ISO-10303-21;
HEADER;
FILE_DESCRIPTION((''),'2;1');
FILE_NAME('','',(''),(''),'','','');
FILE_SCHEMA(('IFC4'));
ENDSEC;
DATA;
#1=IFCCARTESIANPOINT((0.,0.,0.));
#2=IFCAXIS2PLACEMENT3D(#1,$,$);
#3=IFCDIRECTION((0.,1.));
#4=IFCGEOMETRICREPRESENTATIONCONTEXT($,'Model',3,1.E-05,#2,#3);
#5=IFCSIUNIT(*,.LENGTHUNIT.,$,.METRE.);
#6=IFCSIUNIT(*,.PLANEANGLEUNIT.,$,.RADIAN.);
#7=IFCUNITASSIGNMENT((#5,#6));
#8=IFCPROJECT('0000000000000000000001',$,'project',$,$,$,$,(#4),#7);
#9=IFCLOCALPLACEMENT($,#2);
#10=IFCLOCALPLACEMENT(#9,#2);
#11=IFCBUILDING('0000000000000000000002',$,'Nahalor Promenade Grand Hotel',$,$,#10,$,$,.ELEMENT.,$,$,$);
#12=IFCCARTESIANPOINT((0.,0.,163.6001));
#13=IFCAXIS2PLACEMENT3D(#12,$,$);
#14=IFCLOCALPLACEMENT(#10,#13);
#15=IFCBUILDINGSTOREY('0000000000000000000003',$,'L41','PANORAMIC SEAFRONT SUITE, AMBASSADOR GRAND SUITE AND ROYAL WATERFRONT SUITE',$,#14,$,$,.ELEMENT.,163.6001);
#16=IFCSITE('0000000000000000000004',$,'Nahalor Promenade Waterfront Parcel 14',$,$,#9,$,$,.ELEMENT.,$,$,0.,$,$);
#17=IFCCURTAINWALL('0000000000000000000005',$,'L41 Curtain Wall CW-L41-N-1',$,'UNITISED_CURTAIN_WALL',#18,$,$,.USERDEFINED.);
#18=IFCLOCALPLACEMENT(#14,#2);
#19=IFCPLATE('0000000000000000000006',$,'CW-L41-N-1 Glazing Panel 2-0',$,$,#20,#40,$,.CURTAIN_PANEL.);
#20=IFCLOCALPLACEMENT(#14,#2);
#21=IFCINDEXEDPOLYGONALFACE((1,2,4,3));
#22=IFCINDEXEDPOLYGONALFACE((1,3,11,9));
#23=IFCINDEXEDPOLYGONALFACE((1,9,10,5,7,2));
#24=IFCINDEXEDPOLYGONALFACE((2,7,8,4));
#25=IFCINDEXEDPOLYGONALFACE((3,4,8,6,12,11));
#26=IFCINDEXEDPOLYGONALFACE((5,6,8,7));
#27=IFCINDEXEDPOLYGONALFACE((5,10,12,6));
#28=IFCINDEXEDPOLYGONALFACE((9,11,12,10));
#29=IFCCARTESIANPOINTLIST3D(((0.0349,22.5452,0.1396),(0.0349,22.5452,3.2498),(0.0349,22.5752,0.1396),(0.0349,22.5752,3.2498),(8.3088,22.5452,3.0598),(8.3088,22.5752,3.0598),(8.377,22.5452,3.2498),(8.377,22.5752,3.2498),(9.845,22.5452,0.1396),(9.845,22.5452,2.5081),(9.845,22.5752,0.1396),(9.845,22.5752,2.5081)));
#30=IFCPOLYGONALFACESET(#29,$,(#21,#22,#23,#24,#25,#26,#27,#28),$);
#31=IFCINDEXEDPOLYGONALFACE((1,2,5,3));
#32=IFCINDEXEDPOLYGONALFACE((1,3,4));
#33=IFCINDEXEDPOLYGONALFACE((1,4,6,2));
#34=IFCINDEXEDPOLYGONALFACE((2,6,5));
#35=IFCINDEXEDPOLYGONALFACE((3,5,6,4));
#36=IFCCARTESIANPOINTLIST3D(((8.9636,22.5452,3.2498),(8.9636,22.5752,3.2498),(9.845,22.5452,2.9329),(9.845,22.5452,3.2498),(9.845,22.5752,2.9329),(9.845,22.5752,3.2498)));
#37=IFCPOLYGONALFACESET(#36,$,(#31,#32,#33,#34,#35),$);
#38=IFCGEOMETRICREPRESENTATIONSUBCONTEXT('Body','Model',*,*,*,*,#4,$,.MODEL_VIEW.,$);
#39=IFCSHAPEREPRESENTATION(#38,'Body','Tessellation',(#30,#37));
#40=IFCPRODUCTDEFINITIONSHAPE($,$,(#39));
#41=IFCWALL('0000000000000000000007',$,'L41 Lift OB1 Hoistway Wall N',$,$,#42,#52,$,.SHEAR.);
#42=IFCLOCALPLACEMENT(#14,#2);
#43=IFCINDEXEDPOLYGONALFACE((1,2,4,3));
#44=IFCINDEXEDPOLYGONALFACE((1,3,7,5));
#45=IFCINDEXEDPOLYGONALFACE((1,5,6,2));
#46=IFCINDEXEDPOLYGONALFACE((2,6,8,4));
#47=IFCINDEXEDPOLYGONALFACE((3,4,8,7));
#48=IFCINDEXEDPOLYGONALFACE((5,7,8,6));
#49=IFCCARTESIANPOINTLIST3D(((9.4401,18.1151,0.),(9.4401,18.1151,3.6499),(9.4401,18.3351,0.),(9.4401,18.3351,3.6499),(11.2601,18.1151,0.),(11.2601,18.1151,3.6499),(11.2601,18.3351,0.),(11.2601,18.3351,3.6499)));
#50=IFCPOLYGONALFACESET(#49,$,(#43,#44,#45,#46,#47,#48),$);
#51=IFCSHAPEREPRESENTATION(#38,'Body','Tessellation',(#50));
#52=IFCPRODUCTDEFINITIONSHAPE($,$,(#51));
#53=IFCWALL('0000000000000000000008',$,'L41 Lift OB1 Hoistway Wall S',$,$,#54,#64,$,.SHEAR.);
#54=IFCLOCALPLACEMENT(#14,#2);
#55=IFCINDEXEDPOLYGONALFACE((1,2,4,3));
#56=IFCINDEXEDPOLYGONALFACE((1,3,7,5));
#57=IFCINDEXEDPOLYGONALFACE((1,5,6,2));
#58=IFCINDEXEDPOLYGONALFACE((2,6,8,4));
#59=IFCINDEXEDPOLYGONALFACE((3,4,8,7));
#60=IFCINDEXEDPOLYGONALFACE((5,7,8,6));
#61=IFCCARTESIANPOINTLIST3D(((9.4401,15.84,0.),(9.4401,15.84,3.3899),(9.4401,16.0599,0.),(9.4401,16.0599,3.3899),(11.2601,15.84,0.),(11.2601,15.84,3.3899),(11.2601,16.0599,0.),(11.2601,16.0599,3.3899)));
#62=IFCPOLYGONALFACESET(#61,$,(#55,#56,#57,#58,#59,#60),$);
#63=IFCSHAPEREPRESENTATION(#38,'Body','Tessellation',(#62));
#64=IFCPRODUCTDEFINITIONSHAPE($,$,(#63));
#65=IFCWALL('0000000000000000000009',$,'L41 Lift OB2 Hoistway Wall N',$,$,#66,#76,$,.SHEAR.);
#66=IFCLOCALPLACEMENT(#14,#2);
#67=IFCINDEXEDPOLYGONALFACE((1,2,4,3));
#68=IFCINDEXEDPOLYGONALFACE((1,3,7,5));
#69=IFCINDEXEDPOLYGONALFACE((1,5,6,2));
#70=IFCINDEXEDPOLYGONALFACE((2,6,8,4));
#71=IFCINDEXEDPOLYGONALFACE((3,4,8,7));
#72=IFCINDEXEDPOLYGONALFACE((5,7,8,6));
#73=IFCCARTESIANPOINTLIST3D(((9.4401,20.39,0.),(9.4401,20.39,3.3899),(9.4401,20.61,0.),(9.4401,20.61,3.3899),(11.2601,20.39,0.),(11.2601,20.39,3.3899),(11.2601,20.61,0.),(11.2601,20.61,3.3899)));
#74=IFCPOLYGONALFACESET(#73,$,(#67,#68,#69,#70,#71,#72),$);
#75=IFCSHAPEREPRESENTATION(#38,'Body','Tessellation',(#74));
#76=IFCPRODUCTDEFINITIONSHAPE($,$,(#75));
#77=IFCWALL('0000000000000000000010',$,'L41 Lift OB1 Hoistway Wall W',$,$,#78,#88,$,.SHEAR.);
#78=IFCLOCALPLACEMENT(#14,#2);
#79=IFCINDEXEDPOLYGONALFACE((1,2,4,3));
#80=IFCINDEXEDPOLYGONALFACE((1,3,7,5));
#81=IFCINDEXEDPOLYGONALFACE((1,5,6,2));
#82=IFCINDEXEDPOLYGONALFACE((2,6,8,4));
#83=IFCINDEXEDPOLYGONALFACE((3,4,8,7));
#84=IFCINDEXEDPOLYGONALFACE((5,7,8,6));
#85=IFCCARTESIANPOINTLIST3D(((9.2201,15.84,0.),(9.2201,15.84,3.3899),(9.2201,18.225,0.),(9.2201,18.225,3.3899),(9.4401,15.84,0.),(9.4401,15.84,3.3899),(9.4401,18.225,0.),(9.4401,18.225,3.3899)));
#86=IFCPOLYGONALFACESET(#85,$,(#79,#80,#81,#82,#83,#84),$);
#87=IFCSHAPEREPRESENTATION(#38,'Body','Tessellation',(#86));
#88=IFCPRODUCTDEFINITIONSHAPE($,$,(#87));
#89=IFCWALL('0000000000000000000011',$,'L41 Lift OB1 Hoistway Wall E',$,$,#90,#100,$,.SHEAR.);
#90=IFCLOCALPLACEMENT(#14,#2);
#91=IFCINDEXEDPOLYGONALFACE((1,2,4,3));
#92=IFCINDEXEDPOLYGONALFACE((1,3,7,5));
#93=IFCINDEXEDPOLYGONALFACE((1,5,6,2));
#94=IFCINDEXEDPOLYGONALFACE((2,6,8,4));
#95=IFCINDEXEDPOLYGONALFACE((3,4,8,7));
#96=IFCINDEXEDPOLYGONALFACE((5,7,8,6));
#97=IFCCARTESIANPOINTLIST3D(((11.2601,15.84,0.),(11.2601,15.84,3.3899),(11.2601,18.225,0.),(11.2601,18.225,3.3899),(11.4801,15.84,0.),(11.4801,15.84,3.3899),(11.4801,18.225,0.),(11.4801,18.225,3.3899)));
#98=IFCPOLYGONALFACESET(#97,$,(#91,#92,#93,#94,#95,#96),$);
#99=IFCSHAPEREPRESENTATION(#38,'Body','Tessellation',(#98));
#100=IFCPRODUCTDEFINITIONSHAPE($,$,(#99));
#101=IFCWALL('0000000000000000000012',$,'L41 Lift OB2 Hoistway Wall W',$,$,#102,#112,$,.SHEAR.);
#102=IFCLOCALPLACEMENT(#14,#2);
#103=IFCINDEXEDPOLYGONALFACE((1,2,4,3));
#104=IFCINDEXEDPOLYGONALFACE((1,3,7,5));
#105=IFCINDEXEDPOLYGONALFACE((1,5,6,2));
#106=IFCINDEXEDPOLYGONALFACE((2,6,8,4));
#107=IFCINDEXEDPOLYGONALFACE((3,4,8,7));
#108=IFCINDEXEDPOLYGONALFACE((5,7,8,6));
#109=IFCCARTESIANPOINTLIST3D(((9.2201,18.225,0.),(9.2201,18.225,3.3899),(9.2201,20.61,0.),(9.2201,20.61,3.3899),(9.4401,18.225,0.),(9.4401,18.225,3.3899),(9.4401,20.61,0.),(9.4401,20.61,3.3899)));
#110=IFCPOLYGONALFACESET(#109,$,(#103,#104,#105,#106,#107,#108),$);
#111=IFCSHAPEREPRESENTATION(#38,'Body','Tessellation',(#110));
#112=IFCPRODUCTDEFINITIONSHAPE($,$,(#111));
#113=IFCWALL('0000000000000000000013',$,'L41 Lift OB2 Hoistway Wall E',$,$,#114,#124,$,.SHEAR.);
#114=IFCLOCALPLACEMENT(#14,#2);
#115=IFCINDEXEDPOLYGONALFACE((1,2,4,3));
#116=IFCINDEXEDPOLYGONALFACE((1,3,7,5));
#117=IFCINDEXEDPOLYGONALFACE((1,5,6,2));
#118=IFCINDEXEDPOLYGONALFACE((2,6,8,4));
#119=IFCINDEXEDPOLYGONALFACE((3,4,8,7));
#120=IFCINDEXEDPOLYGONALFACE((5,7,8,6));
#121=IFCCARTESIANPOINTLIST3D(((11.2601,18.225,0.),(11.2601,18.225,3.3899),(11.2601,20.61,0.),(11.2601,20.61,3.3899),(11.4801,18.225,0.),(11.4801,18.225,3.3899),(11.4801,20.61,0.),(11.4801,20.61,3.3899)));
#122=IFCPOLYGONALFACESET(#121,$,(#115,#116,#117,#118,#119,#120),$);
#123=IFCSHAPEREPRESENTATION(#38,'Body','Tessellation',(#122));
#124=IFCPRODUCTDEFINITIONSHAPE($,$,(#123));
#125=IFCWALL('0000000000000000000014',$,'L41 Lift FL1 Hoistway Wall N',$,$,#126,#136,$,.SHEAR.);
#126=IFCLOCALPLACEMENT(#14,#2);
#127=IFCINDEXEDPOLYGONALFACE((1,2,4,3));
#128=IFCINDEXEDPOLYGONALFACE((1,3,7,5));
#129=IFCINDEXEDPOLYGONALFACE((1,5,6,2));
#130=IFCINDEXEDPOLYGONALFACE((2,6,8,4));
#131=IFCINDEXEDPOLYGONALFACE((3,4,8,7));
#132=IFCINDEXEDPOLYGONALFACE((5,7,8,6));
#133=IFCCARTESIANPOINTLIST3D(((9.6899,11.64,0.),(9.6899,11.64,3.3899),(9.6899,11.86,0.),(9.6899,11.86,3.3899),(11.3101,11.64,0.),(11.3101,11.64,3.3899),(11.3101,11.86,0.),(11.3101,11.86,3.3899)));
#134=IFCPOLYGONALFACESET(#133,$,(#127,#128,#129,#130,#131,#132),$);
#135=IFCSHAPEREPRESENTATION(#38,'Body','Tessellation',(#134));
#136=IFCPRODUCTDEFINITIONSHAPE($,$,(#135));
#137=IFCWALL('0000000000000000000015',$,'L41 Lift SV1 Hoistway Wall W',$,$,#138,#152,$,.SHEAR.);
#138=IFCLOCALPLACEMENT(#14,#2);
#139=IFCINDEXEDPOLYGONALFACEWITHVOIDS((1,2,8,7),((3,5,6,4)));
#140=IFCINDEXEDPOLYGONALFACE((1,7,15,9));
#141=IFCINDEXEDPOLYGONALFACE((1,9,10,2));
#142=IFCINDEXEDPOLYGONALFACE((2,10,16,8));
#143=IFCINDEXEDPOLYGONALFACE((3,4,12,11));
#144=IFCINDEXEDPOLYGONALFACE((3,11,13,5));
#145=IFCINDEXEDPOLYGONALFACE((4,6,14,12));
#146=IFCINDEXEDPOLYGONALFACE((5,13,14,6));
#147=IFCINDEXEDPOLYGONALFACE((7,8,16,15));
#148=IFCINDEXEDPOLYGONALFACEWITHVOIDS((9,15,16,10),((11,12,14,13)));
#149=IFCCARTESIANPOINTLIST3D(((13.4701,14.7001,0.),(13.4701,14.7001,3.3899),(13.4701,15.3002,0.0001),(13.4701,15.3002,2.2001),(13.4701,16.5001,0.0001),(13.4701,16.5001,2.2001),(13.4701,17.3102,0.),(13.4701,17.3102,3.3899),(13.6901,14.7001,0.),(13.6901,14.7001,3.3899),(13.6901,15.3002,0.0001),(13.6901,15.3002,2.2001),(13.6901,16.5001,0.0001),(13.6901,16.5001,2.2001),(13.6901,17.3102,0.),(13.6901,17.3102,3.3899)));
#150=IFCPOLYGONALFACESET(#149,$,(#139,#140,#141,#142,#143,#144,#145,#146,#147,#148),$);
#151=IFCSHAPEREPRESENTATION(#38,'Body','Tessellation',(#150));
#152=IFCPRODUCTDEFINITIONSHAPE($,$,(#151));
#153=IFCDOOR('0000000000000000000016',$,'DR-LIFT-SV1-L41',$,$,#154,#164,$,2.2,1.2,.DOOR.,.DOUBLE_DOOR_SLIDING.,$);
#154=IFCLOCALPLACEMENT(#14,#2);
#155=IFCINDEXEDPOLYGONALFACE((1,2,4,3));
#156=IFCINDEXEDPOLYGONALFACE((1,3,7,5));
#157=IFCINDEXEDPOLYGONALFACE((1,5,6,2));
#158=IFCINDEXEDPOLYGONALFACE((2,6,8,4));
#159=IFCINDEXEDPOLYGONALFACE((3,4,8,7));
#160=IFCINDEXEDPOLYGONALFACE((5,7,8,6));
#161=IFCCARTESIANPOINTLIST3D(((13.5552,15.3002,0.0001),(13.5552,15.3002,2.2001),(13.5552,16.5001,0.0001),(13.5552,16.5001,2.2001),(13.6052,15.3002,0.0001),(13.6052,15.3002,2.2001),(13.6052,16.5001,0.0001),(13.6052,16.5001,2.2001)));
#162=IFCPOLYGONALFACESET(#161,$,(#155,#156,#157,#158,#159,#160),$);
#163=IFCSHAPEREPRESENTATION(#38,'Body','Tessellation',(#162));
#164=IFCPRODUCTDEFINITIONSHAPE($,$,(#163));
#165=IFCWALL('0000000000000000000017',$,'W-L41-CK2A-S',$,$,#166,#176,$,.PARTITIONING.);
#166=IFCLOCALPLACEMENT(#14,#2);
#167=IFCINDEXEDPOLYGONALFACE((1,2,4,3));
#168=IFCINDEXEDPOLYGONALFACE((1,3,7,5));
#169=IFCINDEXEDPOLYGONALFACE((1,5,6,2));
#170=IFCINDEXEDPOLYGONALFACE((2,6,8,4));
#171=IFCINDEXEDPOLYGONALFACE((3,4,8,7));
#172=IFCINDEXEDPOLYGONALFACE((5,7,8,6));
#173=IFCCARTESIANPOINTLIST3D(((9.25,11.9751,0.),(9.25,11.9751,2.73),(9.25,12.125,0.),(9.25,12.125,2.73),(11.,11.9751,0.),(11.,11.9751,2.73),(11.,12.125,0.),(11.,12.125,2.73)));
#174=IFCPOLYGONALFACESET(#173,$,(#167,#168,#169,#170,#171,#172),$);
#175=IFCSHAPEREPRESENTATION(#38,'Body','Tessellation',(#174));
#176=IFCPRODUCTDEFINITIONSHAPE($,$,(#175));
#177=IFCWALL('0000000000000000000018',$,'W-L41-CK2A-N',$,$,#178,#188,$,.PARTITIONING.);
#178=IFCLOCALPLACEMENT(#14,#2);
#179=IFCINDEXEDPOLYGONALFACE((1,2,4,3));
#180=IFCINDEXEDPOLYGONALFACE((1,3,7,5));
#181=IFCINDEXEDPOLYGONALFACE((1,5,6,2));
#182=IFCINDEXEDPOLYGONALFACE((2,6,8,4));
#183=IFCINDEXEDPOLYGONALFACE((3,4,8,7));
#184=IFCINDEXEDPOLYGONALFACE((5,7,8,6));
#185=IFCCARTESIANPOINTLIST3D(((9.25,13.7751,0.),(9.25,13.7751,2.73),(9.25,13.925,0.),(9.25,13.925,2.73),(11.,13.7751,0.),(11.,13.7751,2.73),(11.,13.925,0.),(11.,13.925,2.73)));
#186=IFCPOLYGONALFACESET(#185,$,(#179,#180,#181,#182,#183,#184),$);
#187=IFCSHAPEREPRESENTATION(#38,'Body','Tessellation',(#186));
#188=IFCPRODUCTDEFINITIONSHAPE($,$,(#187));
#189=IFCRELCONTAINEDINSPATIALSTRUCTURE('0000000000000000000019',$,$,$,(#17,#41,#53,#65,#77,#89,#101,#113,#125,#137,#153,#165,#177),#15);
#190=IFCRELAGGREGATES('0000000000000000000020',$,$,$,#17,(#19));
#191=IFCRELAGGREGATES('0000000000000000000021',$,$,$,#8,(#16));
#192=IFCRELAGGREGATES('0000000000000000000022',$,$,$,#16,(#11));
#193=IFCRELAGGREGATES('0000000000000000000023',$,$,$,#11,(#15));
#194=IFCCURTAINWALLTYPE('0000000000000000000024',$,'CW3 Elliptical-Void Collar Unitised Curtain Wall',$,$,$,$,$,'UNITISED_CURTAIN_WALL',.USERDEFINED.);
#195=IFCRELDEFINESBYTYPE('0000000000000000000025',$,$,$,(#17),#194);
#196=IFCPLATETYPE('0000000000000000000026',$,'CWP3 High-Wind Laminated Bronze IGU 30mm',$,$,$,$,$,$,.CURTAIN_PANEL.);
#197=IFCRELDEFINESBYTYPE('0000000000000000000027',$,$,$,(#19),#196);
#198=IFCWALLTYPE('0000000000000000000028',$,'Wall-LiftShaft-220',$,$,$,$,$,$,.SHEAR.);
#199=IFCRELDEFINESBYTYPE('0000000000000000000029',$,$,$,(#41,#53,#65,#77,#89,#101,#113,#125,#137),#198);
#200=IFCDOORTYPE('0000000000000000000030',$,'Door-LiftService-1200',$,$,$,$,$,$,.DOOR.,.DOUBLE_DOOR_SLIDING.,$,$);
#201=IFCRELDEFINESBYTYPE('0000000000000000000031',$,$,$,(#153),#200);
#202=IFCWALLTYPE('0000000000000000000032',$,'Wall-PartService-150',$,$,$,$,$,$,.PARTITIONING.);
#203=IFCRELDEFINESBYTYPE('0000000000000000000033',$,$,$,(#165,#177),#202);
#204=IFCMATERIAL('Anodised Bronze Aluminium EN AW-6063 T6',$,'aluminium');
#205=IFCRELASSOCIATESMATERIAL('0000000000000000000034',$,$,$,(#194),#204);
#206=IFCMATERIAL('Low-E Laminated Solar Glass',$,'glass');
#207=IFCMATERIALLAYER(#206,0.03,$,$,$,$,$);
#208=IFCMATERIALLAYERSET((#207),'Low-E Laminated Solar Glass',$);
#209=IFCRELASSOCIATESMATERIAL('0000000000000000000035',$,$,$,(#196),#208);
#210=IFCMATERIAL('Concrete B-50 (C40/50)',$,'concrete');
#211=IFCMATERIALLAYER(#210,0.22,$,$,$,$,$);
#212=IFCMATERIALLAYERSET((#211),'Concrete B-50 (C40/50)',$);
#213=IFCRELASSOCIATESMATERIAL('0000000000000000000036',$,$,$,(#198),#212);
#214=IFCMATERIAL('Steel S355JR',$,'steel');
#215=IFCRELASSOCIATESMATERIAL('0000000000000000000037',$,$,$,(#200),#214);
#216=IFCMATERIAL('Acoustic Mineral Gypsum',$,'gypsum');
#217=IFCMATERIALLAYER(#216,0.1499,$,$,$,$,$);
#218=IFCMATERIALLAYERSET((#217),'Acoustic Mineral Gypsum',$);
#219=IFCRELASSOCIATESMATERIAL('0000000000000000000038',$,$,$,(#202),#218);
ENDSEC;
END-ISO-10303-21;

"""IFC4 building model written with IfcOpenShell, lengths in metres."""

from ifc_helpers import new_model, si_unit, direction, frame, frame_2d, origin, place, context, subcontext, project, spatial, polyline, rectangle, outline, extrude, source, transform, mapped, material, layer, layer_set, type_object, element, fill, aggregate, save


model = new_model("IFC4")

# Units and contexts
model_context = context("Model", 3, precision=1e-05, world=origin(), true_north=direction((0.0, 1.0)))
body_context = subcontext(model_context, "Body", "Model", "MODEL_VIEW")
ifc_project = project(units=[si_unit("LENGTHUNIT", "METRE"), si_unit("PLANEANGLEUNIT", "RADIAN")], contexts=[model_context])

# Site, building, storey
site_placement = place(None, origin())
site = spatial("IfcSite", under=ifc_project, at=site_placement, Name="Nahalor Promenade Waterfront Parcel 14", CompositionType="ELEMENT", RefElevation=0.0)
building_placement = place(site_placement, origin())
building = spatial("IfcBuilding", under=site, at=building_placement, Name="Nahalor Promenade Grand Hotel", CompositionType="ELEMENT")
storey_placement = place(building_placement, frame((0.0, 0.0, 163.6001)))
storey = spatial("IfcBuildingStorey", under=building, at=storey_placement, Name="L41", Description="PANORAMIC SEAFRONT SUITE, AMBASSADOR GRAND SUITE AND ROYAL WATERFRONT SUITE", CompositionType="ELEMENT", Elevation=163.6001)

# Shared definitions
ifc_material_1 = material(Name="Steel S355JR", Category="steel")

# Curtain wall, plate
ifc_material_2 = material(Name="Anodised Bronze Aluminium EN AW-6063 T6", Category="aluminium")
curtain_wall_type = type_object("IfcCurtainWallType", Name="CW3 Elliptical-Void Collar Unitised Curtain Wall", ElementType="UNITISED_CURTAIN_WALL", PredefinedType="USERDEFINED", material=ifc_material_2)
curtain_wall_placement = place(storey_placement, origin())
curtain_wall = element("IfcCurtainWall", 1, at=curtain_wall_placement, inside=storey, type_object=curtain_wall_type, Name="L41 Curtain Wall CW-L41-N-1", ObjectType="UNITISED_CURTAIN_WALL", PredefinedType="USERDEFINED")
ifc_material_3 = material(Name="Low-E Laminated Solar Glass", Category="glass")
ifc_layer_1 = layer(ifc_material_3, 0.03)
ifc_layer_set_1 = layer_set([ifc_layer_1], Name="Low-E Laminated Solar Glass")
plate_type = type_object("IfcPlateType", Name="CWP3 High-Wind Laminated Bronze IGU 30mm", PredefinedType="CURTAIN_PANEL", material=ifc_layer_set_1)
plate_placement = place(storey_placement, frame((4.9399, 22.5601, 0.1396), z_axis=(0.0, 0.0, 1.0), x_axis=(1.0, 0.0, 0.0)))
plate = element("IfcPlate", 2, at=plate_placement, type_object=plate_type, Name="CW-L41-N-1 Glazing Panel 2-0", PredefinedType="CURTAIN_PANEL", context=body_context, shape_type="SweptSolid", body=[
    extrude(outline(polyline([(-4.905, 0.0), (4.905, 0.0), (4.905, 2.3684), (3.3689, 2.9202), (3.437, 3.1101), (-4.905, 3.1101), (-4.905, 0.0)])), frame((0.0, 0.0151, 0.0), z_axis=(0.0, -1.0, 0.0), x_axis=(1.0, 0.0, 0.0)), (0.0, 0.0, 1.0), 0.03),
    extrude(outline(polyline([(4.905, 2.7932), (4.905, 3.1101), (4.0237, 3.1101), (4.905, 2.7932)])), frame((0.0, 0.0151, 0.0), z_axis=(0.0, -1.0, 0.0), x_axis=(1.0, 0.0, 0.0)), (0.0, 0.0, 1.0), 0.03),
])
aggregate(curtain_wall, [plate])

# Walls
ifc_material_4 = material(Name="Concrete B-50 (C40/50)", Category="concrete")
ifc_layer_2 = layer(ifc_material_4, 0.22)
ifc_layer_set_2 = layer_set([ifc_layer_2], Name="Concrete B-50 (C40/50)")
wall_type_1 = type_object("IfcWallType", Name="Wall-LiftShaft-220", PredefinedType="SHEAR", material=ifc_layer_set_2)
shared_shape_1 = source(origin(), body_context, "Body", "SweptSolid", [
    extrude(rectangle(XDim=1.8201, YDim=0.22, at=frame_2d((0.9102, 0.0))), origin(), (0.0, 0.0, 1.0), 3.6499),
])
wall_1_placement = place(storey_placement, frame((9.4399, 18.2251, 0.0), z_axis=(0.0, 0.0, 1.0), x_axis=(1.0, 0.0, 0.0)))
element("IfcWall", 3, at=wall_1_placement, inside=storey, type_object=wall_type_1, Name="L41 Lift OB1 Hoistway Wall N", PredefinedType="SHEAR", context=body_context, shape_type="MappedRepresentation", body=[
    mapped(shared_shape_1, transform((0.0, 0.0, 0.0), scale=1.0)),
])
shared_shape_2 = source(origin(), body_context, "Body", "SweptSolid", [
    extrude(rectangle(XDim=1.8201, YDim=0.22, at=frame_2d((0.9102, 0.0))), origin(), (0.0, 0.0, 1.0), 3.3899),
])
for number, where, z_axis, x_axis, name in (
    (4, (9.4399, 15.95, 0.0), (0.0, 0.0, 1.0), (1.0, 0.0, 0.0), "L41 Lift OB1 Hoistway Wall S"),
    (5, (9.4399, 20.5, 0.0), (0.0, 0.0, 1.0), (1.0, 0.0, 0.0), "L41 Lift OB2 Hoistway Wall N"),
):
    element("IfcWall", number, at=place(storey_placement, frame(where, z_axis=z_axis, x_axis=x_axis)), inside=storey, type_object=wall_type_1, Name=name, PredefinedType="SHEAR", context=body_context, shape_type="MappedRepresentation", body=[
        mapped(shared_shape_2, transform((0.0, 0.0, 0.0), scale=1.0)),
    ])
shared_shape_3 = source(origin(), body_context, "Body", "SweptSolid", [
    extrude(rectangle(XDim=2.385, YDim=0.22, at=frame_2d((1.1924, 0.0))), origin(), (0.0, 0.0, 1.0), 3.3899),
])
for number, where, z_axis, x_axis, name in (
    (6, (9.3301, 15.8401, 0.0), (0.0, 0.0, 1.0), (0.0, 1.0, 0.0), "L41 Lift OB1 Hoistway Wall W"),
    (7, (11.3701, 15.8401, 0.0), (0.0, 0.0, 1.0), (0.0, 1.0, 0.0), "L41 Lift OB1 Hoistway Wall E"),
    (8, (9.3301, 18.2251, 0.0), (0.0, 0.0, 1.0), (0.0, 1.0, 0.0), "L41 Lift OB2 Hoistway Wall W"),
    (9, (11.3701, 18.2251, 0.0), (0.0, 0.0, 1.0), (0.0, 1.0, 0.0), "L41 Lift OB2 Hoistway Wall E"),
):
    element("IfcWall", number, at=place(storey_placement, frame(where, z_axis=z_axis, x_axis=x_axis)), inside=storey, type_object=wall_type_1, Name=name, PredefinedType="SHEAR", context=body_context, shape_type="MappedRepresentation", body=[
        mapped(shared_shape_3, transform((0.0, 0.0, 0.0), scale=1.0)),
    ])
shared_shape_4 = source(origin(), body_context, "Body", "SweptSolid", [
    extrude(rectangle(XDim=1.6201, YDim=0.22, at=frame_2d((0.8101, 0.0))), origin(), (0.0, 0.0, 1.0), 3.3899),
])
wall_2_placement = place(storey_placement, frame((9.6899, 11.75, 0.0), z_axis=(0.0, 0.0, 1.0), x_axis=(1.0, 0.0, 0.0)))
element("IfcWall", 10, at=wall_2_placement, inside=storey, type_object=wall_type_1, Name="L41 Lift FL1 Hoistway Wall N", PredefinedType="SHEAR", context=body_context, shape_type="MappedRepresentation", body=[
    mapped(shared_shape_4, transform((0.0, 0.0, 0.0), scale=1.0)),
])

# Wall, opening, door
shared_shape_5 = source(origin(), body_context, "Body", "SweptSolid", [
    extrude(rectangle(XDim=2.6101, YDim=0.22, at=frame_2d((1.3052, 0.0))), origin(), (0.0, 0.0, 1.0), 3.3899),
])
wall_3_placement = place(storey_placement, frame((13.5801, 14.7, 0.0), z_axis=(0.0, 0.0, 1.0), x_axis=(0.0, 1.0, 0.0)))
wall_3 = element("IfcWall", 11, at=wall_3_placement, inside=storey, type_object=wall_type_1, Name="L41 Lift SV1 Hoistway Wall W", PredefinedType="SHEAR", context=body_context, shape_type="MappedRepresentation", body=[
    mapped(shared_shape_5, transform((0.0, 0.0, 0.0), scale=1.0)),
])
opening_1_placement = place(wall_3_placement, frame((0.6001, 0.0, 0.0)))
opening_1 = element("IfcOpeningElement", 12, at=opening_1_placement, cuts=wall_3, PredefinedType="OPENING", context=body_context, shape_type="SweptSolid", body=[
    extrude(rectangle(XDim=1.2, YDim=2.2, at=frame_2d((0.6001, 1.1001))), frame((0.0, 0.1199, 0.0), z_axis=(0.0, -1.0, 0.0), x_axis=(1.0, 0.0, 0.0)), (0.0, 0.0, 1.0), 0.24),
])
door_type_1 = type_object("IfcDoorType", Name="Door-LiftService-1200", OperationType="DOUBLE_DOOR_SLIDING", PredefinedType="DOOR", material=ifc_material_1)
shared_shape_6 = source(origin(), body_context, "Body", "SweptSolid", [
    extrude(rectangle(XDim=1.2, YDim=2.2, at=frame_2d((0.6001, 1.1001))), frame((0.0, 0.0249, 0.0), z_axis=(0.0, -1.0, 0.0), x_axis=(1.0, 0.0, 0.0)), (0.0, 0.0, 1.0), 0.05),
])
door_1_placement = place(opening_1_placement, origin())
door_1 = element("IfcDoor", 13, at=door_1_placement, inside=storey, type_object=door_type_1, Name="DR-LIFT-SV1-L41", OperationType="DOUBLE_DOOR_SLIDING", OverallHeight=2.2, OverallWidth=1.2, PredefinedType="DOOR", context=body_context, shape_type="MappedRepresentation", body=[
    mapped(shared_shape_6, transform((0.0, 0.0, 0.0), scale=1.0)),
])
fill(opening_1, door_1)

# Walls
ifc_material_5 = material(Name="Acoustic Mineral Gypsum", Category="gypsum")
ifc_layer_3 = layer(ifc_material_5, 0.1499)
ifc_layer_set_3 = layer_set([ifc_layer_3], Name="Acoustic Mineral Gypsum")
wall_type_2 = type_object("IfcWallType", Name="Wall-PartService-150", PredefinedType="PARTITIONING", material=ifc_layer_set_3)
shared_shape_7 = source(origin(), body_context, "Body", "SweptSolid", [
    extrude(rectangle(XDim=1.75, YDim=0.1499, at=frame_2d((0.875, 0.0))), origin(), (0.0, 0.0, 1.0), 2.73),
])
for number, where, z_axis, x_axis, name in (
    (14, (9.25, 12.05, 0.0), (0.0, 0.0, 1.0), (1.0, 0.0, 0.0), "W-L41-CK2A-S"),
    (15, (9.25, 13.8501, 0.0), (0.0, 0.0, 1.0), (1.0, 0.0, 0.0), "W-L41-CK2A-N"),
):
    element("IfcWall", number, at=place(storey_placement, frame(where, z_axis=z_axis, x_axis=x_axis)), inside=storey, type_object=wall_type_2, Name=name, PredefinedType="PARTITIONING", context=body_context, shape_type="MappedRepresentation", body=[
        mapped(shared_shape_7, transform((0.0, 0.0, 0.0), scale=1.0)),
    ])

save(model, "model.ifc")
